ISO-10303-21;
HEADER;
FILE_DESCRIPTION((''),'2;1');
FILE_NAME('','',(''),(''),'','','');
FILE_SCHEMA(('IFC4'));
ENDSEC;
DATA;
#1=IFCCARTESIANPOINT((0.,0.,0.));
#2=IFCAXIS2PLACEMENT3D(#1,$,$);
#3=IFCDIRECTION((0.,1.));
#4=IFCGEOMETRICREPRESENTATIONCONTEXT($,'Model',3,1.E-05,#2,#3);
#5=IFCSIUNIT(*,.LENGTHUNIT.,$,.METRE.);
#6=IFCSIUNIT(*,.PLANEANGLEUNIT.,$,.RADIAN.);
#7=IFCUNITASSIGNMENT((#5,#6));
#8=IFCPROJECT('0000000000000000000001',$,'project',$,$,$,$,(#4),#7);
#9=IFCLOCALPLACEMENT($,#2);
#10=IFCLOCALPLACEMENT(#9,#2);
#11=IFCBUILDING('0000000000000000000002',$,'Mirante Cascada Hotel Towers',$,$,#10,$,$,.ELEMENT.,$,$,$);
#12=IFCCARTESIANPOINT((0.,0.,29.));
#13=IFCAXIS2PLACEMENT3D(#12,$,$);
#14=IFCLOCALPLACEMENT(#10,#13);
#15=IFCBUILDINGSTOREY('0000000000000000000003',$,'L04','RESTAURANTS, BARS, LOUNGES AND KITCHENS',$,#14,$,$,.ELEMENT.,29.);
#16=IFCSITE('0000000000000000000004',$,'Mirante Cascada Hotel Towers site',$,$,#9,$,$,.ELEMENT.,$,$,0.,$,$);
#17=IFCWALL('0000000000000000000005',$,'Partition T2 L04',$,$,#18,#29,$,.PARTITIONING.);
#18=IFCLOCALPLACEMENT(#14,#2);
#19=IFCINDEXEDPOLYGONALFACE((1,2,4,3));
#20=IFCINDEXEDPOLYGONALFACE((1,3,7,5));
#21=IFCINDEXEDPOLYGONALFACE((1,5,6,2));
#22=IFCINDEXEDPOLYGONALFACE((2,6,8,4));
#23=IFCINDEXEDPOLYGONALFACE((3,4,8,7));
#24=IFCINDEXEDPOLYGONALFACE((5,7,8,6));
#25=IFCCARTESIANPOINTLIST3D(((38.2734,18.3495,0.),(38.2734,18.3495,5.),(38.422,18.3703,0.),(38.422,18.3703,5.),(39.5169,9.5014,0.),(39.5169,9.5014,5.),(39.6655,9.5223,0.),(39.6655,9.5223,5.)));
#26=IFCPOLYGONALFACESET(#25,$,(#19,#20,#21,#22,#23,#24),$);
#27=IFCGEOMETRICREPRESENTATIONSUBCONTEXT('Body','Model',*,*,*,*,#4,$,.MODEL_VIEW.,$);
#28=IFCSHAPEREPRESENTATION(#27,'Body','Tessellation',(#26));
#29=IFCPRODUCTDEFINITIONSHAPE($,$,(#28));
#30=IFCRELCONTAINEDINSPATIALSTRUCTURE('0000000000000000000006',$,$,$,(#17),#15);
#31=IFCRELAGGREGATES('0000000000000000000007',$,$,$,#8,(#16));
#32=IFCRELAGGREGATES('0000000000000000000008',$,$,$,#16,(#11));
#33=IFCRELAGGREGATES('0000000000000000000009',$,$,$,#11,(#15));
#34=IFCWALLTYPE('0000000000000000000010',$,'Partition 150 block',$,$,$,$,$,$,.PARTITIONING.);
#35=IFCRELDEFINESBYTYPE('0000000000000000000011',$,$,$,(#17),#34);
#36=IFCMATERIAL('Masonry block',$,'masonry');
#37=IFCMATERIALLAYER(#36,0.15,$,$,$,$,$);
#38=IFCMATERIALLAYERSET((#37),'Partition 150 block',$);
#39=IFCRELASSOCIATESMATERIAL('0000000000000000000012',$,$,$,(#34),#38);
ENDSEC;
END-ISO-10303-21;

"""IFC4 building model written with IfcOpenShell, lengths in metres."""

from ifc_helpers import new_model, si_unit, direction, frame, frame_2d, origin, place, context, subcontext, project, spatial, rectangle, extrude, material, layer, layer_set, type_object, element, save


model = new_model("IFC4")

# Units and contexts
model_context = context("Model", 3, precision=1e-05, world=origin(), true_north=direction((0.0, 1.0)))
body_context = subcontext(model_context, "Body", "Model", "MODEL_VIEW")
ifc_project = project(units=[si_unit("LENGTHUNIT", "METRE"), si_unit("PLANEANGLEUNIT", "RADIAN")], contexts=[model_context])

# Site, building, storey
site_placement = place(None, origin())
site = spatial("IfcSite", under=ifc_project, at=site_placement, Name="Mirante Cascada Hotel Towers site", CompositionType="ELEMENT", RefElevation=0.0)
building_placement = place(site_placement, origin())
building = spatial("IfcBuilding", under=site, at=building_placement, Name="Mirante Cascada Hotel Towers", CompositionType="ELEMENT")
storey_placement = place(building_placement, frame((0.0, 0.0, 29.0)))
storey = spatial("IfcBuildingStorey", under=building, at=storey_placement, Name="L04", Description="RESTAURANTS, BARS, LOUNGES AND KITCHENS", CompositionType="ELEMENT", Elevation=29.0)

# Wall
ifc_material_1 = material(Name="Masonry block", Category="masonry")
ifc_layer_1 = layer(ifc_material_1, 0.15)
ifc_layer_set_1 = layer_set([ifc_layer_1], Name="Partition 150 block")
wall_type_1 = type_object("IfcWallType", Name="Partition 150 block", PredefinedType="PARTITIONING", material=ifc_layer_set_1)
wall_1_placement = place(storey_placement, frame((38.3477, 18.3599, 0.0), z_axis=(0.0, 0.0, 1.0), x_axis=(0.139173, -0.990268, 0.0)))
element("IfcWall", 1, at=wall_1_placement, inside=storey, type_object=wall_type_1, Name="Partition T2 L04", PredefinedType="PARTITIONING", context=body_context, shape_type="SweptSolid", body=[
    extrude(rectangle(XDim=8.935, YDim=0.15, at=frame_2d((4.4675, 0.0))), origin(), (0.0, 0.0, 1.0), 5.0),
])

save(model, "model.ifc")
